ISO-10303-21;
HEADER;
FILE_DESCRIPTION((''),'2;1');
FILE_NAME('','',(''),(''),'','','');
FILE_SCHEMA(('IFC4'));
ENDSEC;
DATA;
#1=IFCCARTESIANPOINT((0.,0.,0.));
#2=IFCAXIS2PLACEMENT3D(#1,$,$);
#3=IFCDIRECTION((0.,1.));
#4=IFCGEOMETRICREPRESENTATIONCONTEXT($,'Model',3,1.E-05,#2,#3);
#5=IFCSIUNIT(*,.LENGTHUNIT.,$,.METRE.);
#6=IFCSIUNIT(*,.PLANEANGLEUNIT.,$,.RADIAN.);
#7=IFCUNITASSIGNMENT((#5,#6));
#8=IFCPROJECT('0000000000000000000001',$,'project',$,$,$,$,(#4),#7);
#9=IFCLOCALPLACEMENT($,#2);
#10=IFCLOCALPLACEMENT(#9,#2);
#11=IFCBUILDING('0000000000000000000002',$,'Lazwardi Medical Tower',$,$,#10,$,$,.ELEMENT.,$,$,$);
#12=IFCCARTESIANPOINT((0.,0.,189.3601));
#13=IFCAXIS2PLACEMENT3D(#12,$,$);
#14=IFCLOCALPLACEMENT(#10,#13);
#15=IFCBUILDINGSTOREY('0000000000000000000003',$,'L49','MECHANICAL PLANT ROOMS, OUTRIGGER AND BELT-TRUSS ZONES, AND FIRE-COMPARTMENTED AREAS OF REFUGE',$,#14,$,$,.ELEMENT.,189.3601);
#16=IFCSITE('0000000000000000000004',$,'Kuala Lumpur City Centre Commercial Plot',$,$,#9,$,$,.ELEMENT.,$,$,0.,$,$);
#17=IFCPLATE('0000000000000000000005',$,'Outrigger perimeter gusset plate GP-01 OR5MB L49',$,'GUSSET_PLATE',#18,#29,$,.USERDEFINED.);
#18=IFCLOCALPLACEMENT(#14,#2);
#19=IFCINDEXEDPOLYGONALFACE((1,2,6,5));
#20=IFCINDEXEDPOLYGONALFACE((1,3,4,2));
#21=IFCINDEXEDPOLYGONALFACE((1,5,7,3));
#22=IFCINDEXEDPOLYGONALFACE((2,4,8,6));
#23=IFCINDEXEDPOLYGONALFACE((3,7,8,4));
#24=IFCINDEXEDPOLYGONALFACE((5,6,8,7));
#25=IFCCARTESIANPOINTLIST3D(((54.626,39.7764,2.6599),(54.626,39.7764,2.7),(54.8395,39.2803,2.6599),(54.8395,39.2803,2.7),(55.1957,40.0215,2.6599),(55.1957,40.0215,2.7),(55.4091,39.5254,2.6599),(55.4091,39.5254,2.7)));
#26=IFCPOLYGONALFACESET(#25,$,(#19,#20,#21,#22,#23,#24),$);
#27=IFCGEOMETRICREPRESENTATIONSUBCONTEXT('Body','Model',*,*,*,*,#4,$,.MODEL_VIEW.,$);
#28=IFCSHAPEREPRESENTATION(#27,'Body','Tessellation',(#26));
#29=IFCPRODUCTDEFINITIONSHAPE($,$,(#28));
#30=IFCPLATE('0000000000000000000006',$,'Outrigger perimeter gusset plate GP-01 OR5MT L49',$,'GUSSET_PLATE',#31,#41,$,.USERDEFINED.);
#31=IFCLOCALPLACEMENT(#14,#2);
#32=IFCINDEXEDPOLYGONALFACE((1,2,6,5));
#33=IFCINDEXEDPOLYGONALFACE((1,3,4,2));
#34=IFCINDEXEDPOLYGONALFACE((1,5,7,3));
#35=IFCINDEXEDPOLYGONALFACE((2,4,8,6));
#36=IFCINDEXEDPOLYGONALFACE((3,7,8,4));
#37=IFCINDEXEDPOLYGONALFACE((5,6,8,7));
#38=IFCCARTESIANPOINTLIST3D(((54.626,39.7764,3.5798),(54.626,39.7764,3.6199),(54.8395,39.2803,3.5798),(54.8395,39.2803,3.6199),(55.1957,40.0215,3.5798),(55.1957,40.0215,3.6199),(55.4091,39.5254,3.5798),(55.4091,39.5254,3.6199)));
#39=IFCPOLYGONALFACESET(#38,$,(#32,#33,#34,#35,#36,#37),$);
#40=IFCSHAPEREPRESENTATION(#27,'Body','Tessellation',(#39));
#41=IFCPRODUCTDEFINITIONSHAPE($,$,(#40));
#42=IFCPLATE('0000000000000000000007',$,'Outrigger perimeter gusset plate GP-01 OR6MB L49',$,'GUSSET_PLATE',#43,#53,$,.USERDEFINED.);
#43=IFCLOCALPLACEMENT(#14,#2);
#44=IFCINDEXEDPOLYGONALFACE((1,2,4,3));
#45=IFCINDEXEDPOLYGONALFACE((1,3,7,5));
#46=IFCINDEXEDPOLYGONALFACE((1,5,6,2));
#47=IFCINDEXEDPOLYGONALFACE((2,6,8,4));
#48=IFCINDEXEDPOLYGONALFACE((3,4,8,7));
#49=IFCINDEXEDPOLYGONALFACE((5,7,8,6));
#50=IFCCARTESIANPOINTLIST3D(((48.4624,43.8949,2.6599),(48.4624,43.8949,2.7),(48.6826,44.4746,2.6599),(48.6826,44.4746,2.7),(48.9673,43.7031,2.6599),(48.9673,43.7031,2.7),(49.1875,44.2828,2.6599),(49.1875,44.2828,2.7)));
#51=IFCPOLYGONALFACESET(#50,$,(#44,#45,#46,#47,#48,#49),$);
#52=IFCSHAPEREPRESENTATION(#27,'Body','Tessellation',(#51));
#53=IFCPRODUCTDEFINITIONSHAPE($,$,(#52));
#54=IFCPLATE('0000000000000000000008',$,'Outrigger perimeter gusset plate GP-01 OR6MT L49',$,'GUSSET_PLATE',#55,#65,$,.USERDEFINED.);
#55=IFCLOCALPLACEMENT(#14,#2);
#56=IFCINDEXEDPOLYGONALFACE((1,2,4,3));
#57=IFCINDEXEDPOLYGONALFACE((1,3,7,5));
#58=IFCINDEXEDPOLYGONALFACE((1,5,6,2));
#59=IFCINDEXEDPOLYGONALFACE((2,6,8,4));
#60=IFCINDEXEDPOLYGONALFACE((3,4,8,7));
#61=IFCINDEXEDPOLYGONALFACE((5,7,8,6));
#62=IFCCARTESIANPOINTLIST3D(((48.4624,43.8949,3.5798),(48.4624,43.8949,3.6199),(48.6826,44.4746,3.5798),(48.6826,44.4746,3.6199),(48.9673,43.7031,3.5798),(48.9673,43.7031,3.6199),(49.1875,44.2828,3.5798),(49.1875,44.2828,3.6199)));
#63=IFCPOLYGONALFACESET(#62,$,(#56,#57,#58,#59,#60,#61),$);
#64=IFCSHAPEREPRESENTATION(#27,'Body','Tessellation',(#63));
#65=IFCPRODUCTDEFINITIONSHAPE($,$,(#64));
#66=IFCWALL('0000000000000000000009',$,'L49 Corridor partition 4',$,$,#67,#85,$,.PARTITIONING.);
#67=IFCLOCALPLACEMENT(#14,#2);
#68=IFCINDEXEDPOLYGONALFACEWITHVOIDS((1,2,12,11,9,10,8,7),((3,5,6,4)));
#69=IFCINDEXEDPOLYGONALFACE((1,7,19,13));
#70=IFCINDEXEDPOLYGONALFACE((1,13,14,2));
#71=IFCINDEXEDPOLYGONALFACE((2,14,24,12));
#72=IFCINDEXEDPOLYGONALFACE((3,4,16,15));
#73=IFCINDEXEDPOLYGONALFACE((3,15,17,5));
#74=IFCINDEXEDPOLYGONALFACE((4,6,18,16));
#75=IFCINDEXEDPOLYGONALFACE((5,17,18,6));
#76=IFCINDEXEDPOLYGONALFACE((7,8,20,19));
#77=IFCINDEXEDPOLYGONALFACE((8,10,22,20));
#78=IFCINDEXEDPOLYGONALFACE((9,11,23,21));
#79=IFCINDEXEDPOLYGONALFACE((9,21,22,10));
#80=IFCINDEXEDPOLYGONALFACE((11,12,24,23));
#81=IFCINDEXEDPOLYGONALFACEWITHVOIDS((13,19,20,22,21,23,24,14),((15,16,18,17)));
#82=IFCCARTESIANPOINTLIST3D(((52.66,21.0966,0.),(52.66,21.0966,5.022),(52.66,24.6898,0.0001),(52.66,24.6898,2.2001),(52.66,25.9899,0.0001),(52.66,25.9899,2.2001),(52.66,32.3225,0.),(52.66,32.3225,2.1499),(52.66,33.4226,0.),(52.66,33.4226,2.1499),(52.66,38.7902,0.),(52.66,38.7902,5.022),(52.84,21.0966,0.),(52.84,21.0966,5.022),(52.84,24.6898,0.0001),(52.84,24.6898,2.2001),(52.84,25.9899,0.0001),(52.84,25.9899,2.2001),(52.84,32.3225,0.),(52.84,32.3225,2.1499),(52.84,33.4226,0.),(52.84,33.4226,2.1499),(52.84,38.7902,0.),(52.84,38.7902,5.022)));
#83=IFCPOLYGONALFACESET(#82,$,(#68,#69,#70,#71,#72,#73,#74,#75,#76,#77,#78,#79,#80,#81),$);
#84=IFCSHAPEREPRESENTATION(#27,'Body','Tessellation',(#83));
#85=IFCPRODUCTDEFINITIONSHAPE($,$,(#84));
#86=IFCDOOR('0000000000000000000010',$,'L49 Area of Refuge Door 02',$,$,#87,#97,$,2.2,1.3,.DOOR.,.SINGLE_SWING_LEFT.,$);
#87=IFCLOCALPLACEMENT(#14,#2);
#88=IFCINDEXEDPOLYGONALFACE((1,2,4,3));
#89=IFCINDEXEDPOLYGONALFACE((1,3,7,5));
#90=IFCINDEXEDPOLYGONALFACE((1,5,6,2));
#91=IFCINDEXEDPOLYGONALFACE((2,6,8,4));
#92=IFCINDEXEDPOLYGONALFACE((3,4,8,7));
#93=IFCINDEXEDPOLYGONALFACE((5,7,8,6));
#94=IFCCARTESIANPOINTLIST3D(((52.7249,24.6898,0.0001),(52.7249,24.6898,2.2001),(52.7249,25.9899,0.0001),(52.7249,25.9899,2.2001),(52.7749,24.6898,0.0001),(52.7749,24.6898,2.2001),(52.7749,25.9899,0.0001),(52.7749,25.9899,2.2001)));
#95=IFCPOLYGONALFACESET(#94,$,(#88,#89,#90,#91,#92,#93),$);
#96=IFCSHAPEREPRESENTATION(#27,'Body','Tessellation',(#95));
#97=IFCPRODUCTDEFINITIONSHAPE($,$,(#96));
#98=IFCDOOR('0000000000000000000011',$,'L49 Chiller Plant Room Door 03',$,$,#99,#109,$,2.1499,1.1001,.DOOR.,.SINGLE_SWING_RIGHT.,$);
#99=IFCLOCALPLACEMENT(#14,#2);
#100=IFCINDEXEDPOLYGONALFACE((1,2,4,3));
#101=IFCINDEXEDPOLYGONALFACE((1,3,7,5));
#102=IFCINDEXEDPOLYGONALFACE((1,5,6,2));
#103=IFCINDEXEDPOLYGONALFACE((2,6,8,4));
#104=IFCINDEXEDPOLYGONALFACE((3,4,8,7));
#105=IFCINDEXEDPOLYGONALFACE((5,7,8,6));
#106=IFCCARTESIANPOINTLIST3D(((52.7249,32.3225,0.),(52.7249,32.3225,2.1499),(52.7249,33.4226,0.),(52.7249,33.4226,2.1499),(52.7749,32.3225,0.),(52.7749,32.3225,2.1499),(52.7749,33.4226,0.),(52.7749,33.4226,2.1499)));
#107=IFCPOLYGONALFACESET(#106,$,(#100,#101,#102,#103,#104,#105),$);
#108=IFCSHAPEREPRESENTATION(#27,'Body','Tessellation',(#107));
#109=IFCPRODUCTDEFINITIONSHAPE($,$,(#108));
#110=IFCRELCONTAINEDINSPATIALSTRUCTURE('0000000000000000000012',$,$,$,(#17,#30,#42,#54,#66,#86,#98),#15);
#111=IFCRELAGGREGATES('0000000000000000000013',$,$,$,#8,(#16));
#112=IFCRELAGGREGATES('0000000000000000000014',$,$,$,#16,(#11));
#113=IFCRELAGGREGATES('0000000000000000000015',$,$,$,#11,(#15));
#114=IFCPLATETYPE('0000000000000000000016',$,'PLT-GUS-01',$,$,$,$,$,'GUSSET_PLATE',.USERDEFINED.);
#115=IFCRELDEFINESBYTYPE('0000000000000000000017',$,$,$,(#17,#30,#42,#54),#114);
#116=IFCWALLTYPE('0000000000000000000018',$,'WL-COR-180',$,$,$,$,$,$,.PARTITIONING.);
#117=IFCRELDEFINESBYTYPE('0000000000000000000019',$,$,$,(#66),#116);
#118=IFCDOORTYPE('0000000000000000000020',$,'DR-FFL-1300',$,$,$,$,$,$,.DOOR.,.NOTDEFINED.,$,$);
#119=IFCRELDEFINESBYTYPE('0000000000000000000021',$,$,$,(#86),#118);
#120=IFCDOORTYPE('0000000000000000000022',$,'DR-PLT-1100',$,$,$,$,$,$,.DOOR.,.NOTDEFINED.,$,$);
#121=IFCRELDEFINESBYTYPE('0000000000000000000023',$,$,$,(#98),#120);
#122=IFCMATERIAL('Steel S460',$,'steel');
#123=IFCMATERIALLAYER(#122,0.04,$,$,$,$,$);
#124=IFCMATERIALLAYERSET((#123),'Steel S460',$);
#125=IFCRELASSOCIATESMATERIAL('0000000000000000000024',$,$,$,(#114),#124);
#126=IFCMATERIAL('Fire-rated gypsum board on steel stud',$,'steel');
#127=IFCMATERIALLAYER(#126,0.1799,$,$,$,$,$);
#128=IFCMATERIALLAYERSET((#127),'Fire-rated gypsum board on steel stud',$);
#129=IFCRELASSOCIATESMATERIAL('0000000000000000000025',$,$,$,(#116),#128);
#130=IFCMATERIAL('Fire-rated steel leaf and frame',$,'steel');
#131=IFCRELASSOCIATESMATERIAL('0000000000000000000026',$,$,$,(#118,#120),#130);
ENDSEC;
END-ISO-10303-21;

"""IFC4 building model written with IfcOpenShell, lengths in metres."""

from ifc_helpers import new_model, si_unit, direction, frame, frame_2d, origin, origin_2d, place, context, subcontext, project, spatial, rectangle, extrude, material, layer, layer_set, type_object, element, fill, save


model = new_model("IFC4")

# Units and contexts
model_context = context("Model", 3, precision=1e-05, world=origin(), true_north=direction((0.0, 1.0)))
body_context = subcontext(model_context, "Body", "Model", "MODEL_VIEW")
ifc_project = project(units=[si_unit("LENGTHUNIT", "METRE"), si_unit("PLANEANGLEUNIT", "RADIAN")], contexts=[model_context])

# Site, building, storey
site_placement = place(None, origin())
site = spatial("IfcSite", under=ifc_project, at=site_placement, Name="Kuala Lumpur City Centre Commercial Plot", CompositionType="ELEMENT", RefElevation=0.0)
building_placement = place(site_placement, origin())
building = spatial("IfcBuilding", under=site, at=building_placement, Name="Lazwardi Medical Tower", CompositionType="ELEMENT")
storey_placement = place(building_placement, frame((0.0, 0.0, 189.3601)))
storey = spatial("IfcBuildingStorey", under=building, at=storey_placement, Name="L49", Description="MECHANICAL PLANT ROOMS, OUTRIGGER AND BELT-TRUSS ZONES, AND FIRE-COMPARTMENTED AREAS OF REFUGE", CompositionType="ELEMENT", Elevation=189.3601)

# Shared definitions
ifc_material_1 = material(Name="Steel S460", Category="steel")

# Plates
ifc_layer_1 = layer(ifc_material_1, 0.04)
ifc_layer_set_1 = layer_set([ifc_layer_1], Name="Steel S460")
plate_type = type_object("IfcPlateType", Name="PLT-GUS-01", ElementType="GUSSET_PLATE", PredefinedType="USERDEFINED", material=ifc_layer_set_1)
for number, where, z_axis, x_axis, name in (
    (1, (55.0176, 39.6509, 2.6599), (0.0, 0.0, 1.0), (0.918584, 0.395225, 0.0), "Outrigger perimeter gusset plate GP-01 OR5MB L49"),
    (2, (55.0176, 39.6509, 3.5798), (0.0, 0.0, 1.0), (0.918584, 0.395225, 0.0), "Outrigger perimeter gusset plate GP-01 OR5MT L49"),
    (3, (48.825, 44.0889, 2.6599), (0.0, 0.0, 1.0), (0.355107, 0.934826, 0.0), "Outrigger perimeter gusset plate GP-01 OR6MB L49"),
    (4, (48.825, 44.0889, 3.5798), (0.0, 0.0, 1.0), (0.355107, 0.934826, 0.0), "Outrigger perimeter gusset plate GP-01 OR6MT L49"),
):
    element("IfcPlate", number, at=place(storey_placement, frame(where, z_axis=z_axis, x_axis=x_axis)), inside=storey, type_object=plate_type, Name=name, ObjectType="GUSSET_PLATE", PredefinedType="USERDEFINED", context=body_context, shape_type="SweptSolid", body=[
        extrude(rectangle(XDim=0.6201, YDim=0.54, at=origin_2d()), origin(), (0.0, 0.0, 1.0), 0.04),
    ])

# Wall, openings, doors
ifc_material_2 = material(Name="Fire-rated gypsum board on steel stud", Category="steel")
ifc_layer_2 = layer(ifc_material_2, 0.1799)
ifc_layer_set_2 = layer_set([ifc_layer_2], Name="Fire-rated gypsum board on steel stud")
wall_type = type_object("IfcWallType", Name="WL-COR-180", PredefinedType="PARTITIONING", material=ifc_layer_set_2)
wall_placement = place(storey_placement, frame((52.75, 38.79, 0.0), z_axis=(0.0, 0.0, 1.0), x_axis=(0.0, -1.0, 0.0)))
wall = element("IfcWall", 5, at=wall_placement, inside=storey, type_object=wall_type, Name="L49 Corridor partition 4", PredefinedType="PARTITIONING", context=body_context, shape_type="SweptSolid", body=[
    extrude(rectangle(XDim=17.6936, YDim=0.1799, at=frame_2d((8.8467, 0.0))), origin(), (0.0, 0.0, 1.0), 5.022),
])
opening_1_placement = place(wall_placement, frame((12.8003, 0.0, 0.0)))
opening_1 = element("IfcOpeningElement", 6, at=opening_1_placement, cuts=wall, PredefinedType="OPENING", context=body_context, shape_type="SweptSolid", body=[
    extrude(rectangle(XDim=1.3, YDim=2.2, at=frame_2d((0.6499, 1.1001))), frame((0.0, 0.0999, 0.0), z_axis=(0.0, -1.0, 0.0), x_axis=(1.0, 0.0, 0.0)), (0.0, 0.0, 1.0), 0.2),
])
opening_2_placement = place(wall_placement, frame((5.3674, 0.0, 0.0)))
opening_2 = element("IfcOpeningElement", 7, at=opening_2_placement, cuts=wall, PredefinedType="OPENING", context=body_context, shape_type="SweptSolid", body=[
    extrude(rectangle(XDim=1.1001, YDim=2.1499, at=frame_2d((0.55, 1.075))), frame((0.0, 0.0999, 0.0), z_axis=(0.0, -1.0, 0.0), x_axis=(1.0, 0.0, 0.0)), (0.0, 0.0, 1.0), 0.2),
])
ifc_material_3 = material(Name="Fire-rated steel leaf and frame", Category="steel")
door_type_1 = type_object("IfcDoorType", Name="DR-FFL-1300", OperationType="NOTDEFINED", PredefinedType="DOOR", material=ifc_material_3)
door_1_placement = place(opening_1_placement, origin())
door_1 = element("IfcDoor", 8, at=door_1_placement, inside=storey, type_object=door_type_1, Name="L49 Area of Refuge Door 02", OperationType="SINGLE_SWING_LEFT", OverallHeight=2.2, OverallWidth=1.3, PredefinedType="DOOR", context=body_context, shape_type="SweptSolid", body=[
    extrude(rectangle(XDim=1.3, YDim=2.2, at=frame_2d((0.6499, 1.1001))), frame((0.0, 0.0249, 0.0), z_axis=(0.0, -1.0, 0.0), x_axis=(1.0, 0.0, 0.0)), (0.0, 0.0, 1.0), 0.05),
])
fill(opening_1, door_1)
door_type_2 = type_object("IfcDoorType", Name="DR-PLT-1100", OperationType="NOTDEFINED", PredefinedType="DOOR", material=ifc_material_3)
door_2_placement = place(opening_2_placement, origin())
door_2 = element("IfcDoor", 9, at=door_2_placement, inside=storey, type_object=door_type_2, Name="L49 Chiller Plant Room Door 03", OperationType="SINGLE_SWING_RIGHT", OverallHeight=2.1499, OverallWidth=1.1001, PredefinedType="DOOR", context=body_context, shape_type="SweptSolid", body=[
    extrude(rectangle(XDim=1.1001, YDim=2.1499, at=frame_2d((0.55, 1.075))), frame((0.0, 0.0249, 0.0), z_axis=(0.0, -1.0, 0.0), x_axis=(1.0, 0.0, 0.0)), (0.0, 0.0, 1.0), 0.05),
])
fill(opening_2, door_2)

save(model, "model.ifc")
